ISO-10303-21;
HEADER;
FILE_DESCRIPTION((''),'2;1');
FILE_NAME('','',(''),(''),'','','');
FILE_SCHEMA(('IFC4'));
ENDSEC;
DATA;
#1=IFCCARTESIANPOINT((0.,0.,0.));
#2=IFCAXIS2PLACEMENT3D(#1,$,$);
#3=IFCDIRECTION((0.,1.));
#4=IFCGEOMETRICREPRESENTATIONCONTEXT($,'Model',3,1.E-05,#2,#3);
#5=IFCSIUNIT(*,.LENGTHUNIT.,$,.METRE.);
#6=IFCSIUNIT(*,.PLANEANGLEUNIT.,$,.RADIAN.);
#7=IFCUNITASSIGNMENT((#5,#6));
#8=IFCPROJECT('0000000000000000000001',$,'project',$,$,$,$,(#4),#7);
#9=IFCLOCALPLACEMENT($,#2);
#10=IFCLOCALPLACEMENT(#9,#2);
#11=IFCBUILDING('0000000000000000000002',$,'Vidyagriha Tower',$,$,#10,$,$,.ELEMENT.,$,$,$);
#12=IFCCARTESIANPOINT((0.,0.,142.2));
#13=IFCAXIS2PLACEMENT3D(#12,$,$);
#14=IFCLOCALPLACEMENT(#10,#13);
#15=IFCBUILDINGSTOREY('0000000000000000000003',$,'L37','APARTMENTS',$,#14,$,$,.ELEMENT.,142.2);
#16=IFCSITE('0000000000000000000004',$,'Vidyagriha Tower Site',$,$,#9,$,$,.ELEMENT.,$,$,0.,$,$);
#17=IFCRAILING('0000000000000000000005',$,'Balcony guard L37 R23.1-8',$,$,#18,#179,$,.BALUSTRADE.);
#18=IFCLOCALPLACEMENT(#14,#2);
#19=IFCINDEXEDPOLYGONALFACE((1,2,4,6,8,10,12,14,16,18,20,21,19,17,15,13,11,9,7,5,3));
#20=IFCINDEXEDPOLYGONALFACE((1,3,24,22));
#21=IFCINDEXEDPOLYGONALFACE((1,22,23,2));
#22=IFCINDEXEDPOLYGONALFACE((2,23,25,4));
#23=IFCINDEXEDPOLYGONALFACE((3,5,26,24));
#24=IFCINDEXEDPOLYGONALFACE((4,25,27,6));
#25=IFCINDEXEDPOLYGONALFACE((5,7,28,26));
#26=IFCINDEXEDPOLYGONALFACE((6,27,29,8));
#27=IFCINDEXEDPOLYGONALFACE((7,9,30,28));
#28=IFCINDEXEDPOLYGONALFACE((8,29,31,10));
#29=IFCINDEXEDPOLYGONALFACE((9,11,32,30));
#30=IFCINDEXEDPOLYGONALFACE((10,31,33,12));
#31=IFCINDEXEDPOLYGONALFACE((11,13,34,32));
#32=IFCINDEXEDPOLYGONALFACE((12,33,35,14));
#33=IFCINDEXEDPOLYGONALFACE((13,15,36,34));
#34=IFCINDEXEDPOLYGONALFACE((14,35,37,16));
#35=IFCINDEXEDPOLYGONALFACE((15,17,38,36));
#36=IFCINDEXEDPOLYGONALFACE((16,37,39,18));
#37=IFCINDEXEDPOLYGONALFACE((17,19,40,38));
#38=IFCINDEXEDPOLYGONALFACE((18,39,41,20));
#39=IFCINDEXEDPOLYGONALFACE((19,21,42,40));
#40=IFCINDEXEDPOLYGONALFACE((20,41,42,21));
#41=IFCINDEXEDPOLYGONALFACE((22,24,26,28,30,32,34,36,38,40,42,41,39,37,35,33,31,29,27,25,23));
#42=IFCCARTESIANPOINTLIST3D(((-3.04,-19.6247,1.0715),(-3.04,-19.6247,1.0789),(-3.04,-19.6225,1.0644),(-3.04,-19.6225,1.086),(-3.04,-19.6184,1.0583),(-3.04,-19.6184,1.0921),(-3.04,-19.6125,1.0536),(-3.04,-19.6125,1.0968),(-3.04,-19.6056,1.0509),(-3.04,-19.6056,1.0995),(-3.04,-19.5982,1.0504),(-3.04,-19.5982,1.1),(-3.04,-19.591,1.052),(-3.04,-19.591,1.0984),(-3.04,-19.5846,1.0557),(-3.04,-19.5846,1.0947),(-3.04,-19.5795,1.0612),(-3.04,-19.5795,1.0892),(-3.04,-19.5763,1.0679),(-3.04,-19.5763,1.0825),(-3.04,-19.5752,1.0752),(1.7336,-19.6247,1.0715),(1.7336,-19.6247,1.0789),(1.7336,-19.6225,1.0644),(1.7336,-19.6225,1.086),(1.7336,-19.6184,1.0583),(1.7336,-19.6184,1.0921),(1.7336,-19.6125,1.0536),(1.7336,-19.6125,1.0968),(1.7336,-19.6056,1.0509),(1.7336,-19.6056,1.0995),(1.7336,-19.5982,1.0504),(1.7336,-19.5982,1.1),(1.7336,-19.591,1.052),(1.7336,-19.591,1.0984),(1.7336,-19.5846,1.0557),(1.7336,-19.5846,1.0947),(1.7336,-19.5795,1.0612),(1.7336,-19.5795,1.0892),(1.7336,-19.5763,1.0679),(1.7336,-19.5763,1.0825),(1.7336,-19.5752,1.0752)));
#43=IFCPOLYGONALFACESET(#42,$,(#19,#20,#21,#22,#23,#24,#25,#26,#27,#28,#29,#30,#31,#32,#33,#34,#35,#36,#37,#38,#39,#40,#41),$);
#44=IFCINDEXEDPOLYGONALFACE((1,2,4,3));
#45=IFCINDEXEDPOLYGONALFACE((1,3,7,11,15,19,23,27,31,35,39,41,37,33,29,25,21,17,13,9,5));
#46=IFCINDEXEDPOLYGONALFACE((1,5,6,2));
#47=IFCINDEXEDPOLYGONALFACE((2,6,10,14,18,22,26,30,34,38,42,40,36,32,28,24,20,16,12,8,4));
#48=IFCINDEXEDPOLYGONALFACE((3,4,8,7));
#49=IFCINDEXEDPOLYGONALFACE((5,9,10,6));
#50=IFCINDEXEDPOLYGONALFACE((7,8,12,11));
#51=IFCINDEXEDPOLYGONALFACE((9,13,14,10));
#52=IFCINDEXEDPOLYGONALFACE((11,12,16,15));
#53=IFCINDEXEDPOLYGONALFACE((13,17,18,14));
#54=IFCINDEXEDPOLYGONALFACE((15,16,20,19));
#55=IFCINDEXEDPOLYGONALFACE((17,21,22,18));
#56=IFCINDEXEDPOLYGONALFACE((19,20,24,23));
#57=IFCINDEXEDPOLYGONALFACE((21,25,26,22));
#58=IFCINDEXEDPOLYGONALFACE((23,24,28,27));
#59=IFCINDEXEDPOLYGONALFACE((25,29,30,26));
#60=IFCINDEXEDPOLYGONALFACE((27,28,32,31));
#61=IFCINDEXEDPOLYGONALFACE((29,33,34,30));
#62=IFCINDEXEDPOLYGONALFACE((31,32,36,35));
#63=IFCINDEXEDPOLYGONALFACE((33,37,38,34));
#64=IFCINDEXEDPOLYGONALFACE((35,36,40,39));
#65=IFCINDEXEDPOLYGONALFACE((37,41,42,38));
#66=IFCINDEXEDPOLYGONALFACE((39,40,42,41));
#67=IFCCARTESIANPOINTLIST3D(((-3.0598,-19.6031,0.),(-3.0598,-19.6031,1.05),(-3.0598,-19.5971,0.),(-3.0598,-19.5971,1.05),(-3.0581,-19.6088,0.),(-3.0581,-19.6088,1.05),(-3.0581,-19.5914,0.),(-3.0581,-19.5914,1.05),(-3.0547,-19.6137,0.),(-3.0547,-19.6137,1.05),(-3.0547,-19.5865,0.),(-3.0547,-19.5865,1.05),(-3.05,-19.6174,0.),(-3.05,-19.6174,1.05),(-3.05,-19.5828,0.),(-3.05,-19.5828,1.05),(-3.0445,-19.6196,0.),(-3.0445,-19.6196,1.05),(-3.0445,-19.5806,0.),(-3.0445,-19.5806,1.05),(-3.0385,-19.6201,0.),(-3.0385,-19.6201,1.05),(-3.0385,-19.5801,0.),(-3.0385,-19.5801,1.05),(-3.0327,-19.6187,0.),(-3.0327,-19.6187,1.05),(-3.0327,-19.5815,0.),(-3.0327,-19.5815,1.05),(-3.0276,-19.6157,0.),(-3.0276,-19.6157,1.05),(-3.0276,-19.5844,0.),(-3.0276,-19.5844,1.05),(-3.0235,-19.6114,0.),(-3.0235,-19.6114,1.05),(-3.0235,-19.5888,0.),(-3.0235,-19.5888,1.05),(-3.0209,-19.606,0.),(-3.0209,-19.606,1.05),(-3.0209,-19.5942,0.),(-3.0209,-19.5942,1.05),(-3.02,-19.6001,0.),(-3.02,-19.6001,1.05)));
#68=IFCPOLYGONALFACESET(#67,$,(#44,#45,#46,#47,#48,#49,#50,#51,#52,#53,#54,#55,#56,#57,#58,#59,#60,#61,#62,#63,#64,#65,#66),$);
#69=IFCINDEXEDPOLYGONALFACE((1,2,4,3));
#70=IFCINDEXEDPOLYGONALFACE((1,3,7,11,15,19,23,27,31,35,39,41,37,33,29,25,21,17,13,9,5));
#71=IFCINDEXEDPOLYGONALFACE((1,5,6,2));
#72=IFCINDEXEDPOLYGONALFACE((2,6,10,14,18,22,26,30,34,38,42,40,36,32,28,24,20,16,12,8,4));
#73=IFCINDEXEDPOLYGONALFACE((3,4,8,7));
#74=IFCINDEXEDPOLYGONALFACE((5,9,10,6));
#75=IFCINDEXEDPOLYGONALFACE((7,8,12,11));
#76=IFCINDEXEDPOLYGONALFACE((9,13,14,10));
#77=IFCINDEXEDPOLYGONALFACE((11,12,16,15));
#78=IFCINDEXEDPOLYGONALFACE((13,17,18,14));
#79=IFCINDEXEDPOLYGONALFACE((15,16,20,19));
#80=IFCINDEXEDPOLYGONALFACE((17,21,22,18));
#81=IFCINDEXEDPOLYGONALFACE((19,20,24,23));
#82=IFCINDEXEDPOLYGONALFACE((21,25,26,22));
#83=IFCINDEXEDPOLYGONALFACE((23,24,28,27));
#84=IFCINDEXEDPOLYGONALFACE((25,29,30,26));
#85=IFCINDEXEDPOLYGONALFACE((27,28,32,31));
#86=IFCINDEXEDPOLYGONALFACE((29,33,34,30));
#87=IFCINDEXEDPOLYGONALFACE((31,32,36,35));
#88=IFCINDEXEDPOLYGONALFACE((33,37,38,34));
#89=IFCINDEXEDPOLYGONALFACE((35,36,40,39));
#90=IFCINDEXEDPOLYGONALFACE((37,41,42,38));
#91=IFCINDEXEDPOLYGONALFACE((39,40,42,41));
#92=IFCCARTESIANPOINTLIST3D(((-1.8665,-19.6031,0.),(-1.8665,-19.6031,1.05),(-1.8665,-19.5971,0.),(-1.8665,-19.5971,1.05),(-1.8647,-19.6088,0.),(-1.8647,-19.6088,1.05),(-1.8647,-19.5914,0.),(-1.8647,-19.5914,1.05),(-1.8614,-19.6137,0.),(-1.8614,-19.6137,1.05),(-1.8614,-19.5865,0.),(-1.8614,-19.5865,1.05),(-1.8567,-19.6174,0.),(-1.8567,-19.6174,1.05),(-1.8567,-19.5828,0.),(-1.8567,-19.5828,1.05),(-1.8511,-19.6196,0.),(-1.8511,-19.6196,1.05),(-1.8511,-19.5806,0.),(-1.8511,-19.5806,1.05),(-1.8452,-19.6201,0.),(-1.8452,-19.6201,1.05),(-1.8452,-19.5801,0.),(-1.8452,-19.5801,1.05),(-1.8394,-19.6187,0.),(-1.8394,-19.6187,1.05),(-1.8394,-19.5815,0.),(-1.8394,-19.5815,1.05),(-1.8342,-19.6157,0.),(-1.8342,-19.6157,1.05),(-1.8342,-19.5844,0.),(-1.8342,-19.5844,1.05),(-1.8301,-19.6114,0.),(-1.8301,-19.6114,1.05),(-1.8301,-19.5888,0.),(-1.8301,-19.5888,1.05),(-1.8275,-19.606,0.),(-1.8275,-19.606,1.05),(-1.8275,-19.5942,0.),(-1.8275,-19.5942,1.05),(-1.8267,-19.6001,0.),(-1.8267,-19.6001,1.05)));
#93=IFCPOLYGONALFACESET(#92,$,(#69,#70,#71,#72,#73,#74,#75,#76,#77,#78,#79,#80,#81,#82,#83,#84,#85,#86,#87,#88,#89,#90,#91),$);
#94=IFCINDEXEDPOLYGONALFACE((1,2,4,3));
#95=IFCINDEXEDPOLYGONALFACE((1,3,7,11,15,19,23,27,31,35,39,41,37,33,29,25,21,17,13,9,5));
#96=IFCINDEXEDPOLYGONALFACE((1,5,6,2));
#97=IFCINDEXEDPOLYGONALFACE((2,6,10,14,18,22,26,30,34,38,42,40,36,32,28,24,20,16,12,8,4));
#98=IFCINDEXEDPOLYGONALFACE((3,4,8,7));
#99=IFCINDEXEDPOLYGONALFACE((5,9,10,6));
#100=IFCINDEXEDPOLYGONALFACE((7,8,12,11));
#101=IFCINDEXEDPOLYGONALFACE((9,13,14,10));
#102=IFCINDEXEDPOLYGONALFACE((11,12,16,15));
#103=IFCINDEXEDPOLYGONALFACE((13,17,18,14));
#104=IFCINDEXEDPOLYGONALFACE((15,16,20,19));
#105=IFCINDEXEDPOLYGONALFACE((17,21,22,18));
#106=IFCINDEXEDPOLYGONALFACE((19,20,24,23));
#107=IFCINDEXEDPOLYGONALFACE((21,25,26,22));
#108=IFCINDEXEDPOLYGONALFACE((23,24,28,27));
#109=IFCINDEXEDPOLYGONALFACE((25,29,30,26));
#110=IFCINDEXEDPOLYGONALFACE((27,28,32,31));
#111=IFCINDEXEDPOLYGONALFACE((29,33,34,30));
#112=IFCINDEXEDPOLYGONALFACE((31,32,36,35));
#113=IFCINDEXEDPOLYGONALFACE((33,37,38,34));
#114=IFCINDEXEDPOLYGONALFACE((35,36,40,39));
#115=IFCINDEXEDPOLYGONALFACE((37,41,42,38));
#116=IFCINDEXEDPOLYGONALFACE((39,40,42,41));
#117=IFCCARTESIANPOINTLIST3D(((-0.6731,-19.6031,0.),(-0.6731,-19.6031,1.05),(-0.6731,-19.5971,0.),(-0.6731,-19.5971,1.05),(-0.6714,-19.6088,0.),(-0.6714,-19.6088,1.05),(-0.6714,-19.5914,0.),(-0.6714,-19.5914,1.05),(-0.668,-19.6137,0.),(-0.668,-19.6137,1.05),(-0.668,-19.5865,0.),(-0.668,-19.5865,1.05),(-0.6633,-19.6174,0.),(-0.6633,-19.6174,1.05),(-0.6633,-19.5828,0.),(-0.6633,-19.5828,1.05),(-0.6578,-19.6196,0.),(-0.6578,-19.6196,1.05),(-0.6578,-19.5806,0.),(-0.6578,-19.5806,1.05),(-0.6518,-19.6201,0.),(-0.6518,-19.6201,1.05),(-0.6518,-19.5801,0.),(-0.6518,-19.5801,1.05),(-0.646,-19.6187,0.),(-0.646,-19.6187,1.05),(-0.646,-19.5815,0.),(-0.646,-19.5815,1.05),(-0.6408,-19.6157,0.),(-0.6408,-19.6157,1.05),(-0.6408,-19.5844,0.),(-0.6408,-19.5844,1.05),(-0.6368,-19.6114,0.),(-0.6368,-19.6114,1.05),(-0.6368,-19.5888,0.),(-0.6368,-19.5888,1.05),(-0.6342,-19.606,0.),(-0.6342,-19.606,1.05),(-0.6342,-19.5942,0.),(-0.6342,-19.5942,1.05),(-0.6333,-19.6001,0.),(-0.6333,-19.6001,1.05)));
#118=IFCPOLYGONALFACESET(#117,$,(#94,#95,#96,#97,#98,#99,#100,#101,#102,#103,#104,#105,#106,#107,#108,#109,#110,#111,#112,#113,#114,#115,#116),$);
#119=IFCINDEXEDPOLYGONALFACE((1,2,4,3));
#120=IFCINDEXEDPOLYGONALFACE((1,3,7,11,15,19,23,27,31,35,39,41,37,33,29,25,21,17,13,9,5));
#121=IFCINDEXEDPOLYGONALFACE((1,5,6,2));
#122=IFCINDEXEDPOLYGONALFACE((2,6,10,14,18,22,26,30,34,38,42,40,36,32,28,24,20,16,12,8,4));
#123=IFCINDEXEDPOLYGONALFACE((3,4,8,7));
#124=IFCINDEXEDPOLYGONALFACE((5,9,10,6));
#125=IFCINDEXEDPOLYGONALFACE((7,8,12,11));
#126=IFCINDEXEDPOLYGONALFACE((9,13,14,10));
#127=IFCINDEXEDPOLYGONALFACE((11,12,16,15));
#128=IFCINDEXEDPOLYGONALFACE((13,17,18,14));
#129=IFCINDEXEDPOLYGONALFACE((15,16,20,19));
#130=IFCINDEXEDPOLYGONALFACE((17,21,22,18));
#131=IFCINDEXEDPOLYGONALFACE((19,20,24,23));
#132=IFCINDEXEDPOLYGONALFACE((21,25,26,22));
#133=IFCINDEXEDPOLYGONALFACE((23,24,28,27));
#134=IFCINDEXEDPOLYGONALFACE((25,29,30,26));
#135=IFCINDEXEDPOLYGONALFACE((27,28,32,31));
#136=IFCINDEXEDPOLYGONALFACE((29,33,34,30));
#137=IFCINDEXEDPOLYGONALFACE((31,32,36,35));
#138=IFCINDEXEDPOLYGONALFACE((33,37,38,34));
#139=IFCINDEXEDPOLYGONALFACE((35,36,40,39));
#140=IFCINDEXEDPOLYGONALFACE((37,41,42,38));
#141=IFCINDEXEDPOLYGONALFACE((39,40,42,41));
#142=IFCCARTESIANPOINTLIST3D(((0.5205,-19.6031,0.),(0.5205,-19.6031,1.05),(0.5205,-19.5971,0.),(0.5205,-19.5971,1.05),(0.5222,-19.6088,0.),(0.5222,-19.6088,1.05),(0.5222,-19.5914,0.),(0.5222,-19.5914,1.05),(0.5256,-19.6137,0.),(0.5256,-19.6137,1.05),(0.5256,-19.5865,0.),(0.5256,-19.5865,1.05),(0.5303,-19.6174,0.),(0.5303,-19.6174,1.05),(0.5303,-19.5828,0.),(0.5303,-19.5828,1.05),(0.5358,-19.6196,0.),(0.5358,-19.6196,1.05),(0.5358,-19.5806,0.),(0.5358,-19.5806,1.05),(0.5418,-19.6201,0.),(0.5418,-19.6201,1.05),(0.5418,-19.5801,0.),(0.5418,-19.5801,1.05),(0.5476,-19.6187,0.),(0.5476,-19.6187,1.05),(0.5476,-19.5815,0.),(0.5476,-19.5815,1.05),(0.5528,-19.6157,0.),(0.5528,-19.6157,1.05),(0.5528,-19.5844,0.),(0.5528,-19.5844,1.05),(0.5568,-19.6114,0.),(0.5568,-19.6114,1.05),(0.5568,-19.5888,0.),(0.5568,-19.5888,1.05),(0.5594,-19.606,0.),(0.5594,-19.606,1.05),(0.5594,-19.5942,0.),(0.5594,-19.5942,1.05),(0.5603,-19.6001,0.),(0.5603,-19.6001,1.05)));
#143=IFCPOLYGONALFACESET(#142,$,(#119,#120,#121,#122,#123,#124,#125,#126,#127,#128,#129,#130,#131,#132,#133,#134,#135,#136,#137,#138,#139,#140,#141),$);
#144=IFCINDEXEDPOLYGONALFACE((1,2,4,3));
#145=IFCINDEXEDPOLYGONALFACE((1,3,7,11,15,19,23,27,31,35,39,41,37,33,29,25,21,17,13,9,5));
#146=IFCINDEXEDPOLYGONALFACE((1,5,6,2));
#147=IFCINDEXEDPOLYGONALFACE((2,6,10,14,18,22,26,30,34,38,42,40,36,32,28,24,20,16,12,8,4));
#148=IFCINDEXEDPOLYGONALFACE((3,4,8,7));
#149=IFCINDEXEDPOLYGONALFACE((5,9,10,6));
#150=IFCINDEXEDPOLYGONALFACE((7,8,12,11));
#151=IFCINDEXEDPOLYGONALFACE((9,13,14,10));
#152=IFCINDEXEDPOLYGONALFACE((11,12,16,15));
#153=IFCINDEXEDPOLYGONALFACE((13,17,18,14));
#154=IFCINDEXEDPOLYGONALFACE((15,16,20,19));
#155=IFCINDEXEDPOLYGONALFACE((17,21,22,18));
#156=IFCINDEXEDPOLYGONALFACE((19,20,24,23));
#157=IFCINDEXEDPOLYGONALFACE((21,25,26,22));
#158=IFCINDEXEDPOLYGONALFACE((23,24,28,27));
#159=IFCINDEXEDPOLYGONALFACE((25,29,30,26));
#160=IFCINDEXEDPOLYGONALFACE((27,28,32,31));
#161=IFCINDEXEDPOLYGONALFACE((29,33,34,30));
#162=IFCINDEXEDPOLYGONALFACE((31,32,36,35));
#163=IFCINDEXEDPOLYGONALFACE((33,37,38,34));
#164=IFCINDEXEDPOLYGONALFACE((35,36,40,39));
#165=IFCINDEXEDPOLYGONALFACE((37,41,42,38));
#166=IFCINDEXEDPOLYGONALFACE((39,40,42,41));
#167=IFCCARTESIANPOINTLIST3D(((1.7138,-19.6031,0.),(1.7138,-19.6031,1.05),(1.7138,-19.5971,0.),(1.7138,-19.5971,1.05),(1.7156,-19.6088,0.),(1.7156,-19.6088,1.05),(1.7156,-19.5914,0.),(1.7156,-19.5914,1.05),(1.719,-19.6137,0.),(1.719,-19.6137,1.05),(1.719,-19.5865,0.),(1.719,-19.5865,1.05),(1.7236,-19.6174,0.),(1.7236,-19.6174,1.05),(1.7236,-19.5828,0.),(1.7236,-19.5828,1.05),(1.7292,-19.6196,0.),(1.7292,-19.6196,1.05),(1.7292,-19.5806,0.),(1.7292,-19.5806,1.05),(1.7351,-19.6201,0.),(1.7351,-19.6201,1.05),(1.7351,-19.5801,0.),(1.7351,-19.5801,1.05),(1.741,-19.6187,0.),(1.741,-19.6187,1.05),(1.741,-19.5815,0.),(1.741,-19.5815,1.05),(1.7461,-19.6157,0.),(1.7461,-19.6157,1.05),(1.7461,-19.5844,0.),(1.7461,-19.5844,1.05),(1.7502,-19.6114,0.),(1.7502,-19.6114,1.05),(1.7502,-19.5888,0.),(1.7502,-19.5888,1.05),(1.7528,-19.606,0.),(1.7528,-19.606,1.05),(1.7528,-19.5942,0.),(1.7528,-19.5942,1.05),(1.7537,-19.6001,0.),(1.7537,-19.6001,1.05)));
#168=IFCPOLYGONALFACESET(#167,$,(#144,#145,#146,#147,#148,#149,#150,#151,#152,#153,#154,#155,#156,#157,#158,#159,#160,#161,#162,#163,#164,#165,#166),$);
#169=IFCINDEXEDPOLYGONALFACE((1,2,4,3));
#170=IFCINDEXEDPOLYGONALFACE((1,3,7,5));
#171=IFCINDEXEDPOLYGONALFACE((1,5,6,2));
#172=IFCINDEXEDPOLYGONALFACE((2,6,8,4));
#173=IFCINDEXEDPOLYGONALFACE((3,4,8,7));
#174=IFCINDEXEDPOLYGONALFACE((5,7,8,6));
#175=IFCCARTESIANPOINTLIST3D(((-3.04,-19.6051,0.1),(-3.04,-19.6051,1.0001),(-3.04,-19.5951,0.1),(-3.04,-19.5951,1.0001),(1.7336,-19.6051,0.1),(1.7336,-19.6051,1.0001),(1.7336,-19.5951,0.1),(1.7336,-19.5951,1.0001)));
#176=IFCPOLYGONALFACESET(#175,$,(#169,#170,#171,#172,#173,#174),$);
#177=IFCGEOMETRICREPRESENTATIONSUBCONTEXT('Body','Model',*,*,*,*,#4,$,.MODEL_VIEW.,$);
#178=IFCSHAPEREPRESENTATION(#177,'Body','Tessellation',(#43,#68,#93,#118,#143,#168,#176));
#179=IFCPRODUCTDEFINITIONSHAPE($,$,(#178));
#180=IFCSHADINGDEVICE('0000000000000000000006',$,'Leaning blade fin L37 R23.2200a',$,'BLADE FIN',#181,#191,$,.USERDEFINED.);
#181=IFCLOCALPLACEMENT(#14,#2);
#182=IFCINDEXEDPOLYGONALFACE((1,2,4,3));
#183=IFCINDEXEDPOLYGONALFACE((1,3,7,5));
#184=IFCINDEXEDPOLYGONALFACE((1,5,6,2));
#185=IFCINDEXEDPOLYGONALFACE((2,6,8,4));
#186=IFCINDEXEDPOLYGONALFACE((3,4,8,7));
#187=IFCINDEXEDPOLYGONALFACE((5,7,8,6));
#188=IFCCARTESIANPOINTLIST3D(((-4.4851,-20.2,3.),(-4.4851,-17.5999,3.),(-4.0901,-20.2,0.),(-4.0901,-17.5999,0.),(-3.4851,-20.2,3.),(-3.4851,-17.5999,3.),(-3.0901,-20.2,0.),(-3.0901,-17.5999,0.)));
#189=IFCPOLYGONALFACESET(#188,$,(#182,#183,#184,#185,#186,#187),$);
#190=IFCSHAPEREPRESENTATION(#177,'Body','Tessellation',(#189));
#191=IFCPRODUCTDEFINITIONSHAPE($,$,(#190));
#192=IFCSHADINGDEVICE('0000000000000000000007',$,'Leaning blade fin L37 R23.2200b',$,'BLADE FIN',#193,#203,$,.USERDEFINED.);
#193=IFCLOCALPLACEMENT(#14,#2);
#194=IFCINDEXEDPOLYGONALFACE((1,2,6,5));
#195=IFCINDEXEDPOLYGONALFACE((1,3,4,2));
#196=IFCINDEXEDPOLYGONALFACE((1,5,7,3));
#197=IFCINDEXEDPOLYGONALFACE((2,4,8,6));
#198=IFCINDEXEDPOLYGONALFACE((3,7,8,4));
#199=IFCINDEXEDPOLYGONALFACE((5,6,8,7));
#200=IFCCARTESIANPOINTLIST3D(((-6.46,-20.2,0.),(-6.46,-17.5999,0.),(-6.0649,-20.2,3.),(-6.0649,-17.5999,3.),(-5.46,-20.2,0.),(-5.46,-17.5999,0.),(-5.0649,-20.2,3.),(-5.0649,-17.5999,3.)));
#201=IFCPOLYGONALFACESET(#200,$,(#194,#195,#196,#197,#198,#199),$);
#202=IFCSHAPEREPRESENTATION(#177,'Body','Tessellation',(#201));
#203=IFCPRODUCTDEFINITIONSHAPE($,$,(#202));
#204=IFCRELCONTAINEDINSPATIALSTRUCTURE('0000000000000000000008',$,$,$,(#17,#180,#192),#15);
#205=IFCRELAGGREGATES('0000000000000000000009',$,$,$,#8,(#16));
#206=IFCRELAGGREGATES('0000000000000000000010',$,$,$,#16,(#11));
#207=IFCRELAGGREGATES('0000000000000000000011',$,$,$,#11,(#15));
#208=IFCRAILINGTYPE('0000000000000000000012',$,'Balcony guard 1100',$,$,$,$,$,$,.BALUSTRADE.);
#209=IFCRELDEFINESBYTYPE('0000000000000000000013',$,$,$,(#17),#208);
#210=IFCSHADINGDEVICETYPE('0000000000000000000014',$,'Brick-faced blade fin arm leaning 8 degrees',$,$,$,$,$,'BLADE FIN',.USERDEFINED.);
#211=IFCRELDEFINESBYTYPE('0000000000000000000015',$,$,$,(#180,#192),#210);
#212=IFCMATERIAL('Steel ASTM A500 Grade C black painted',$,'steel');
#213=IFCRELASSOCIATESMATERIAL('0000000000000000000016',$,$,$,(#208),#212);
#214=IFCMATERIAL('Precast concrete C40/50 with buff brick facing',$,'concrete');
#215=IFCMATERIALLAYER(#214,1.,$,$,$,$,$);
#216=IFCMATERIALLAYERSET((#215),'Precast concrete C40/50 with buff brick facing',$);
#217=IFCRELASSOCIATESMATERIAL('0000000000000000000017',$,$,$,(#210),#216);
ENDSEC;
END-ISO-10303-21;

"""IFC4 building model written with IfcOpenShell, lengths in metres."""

from ifc_helpers import new_model, si_unit, direction, frame, origin, origin_2d, place, context, subcontext, project, spatial, polyline, rectangle, circle, outline, extrude, material, layer, layer_set, type_object, element, save


model = new_model("IFC4")

# Units and contexts
model_context = context("Model", 3, precision=1e-05, world=origin(), true_north=direction((0.0, 1.0)))
body_context = subcontext(model_context, "Body", "Model", "MODEL_VIEW")
ifc_project = project(units=[si_unit("LENGTHUNIT", "METRE"), si_unit("PLANEANGLEUNIT", "RADIAN")], contexts=[model_context])

# Site, building, storey
site_placement = place(None, origin())
site = spatial("IfcSite", under=ifc_project, at=site_placement, Name="Vidyagriha Tower Site", CompositionType="ELEMENT", RefElevation=0.0)
building_placement = place(site_placement, origin())
building = spatial("IfcBuilding", under=site, at=building_placement, Name="Vidyagriha Tower", CompositionType="ELEMENT")
storey_placement = place(building_placement, frame((0.0, 0.0, 142.2)))
storey = spatial("IfcBuildingStorey", under=building, at=storey_placement, Name="L37", Description="APARTMENTS", CompositionType="ELEMENT", Elevation=142.2)

# Railing
ifc_material_1 = material(Name="Steel ASTM A500 Grade C black painted", Category="steel")
railing_type = type_object("IfcRailingType", Name="Balcony guard 1100", PredefinedType="BALUSTRADE", material=ifc_material_1)
railing_1_placement = place(storey_placement, frame((-3.04, -19.6001, 0.0)))
element("IfcRailing", 1, at=railing_1_placement, inside=storey, type_object=railing_type, Name="Balcony guard L37 R23.1-8", PredefinedType="BALUSTRADE", context=body_context, shape_type="SweptSolid", body=[
    extrude(circle(Radius=0.0249, at=origin_2d()), frame((0.0, 0.0, 1.0752), z_axis=(1.0, 0.0, 0.0), x_axis=(0.0, 1.0, 0.0)), (0.0, 0.0, 1.0), 4.7737),
    extrude(circle(Radius=0.02, at=origin_2d()), origin(), (0.0, 0.0, 1.0), 1.05),
    extrude(circle(Radius=0.02, at=origin_2d()), frame((1.1934, 0.0, 0.0)), (0.0, 0.0, 1.0), 1.05),
    extrude(circle(Radius=0.02, at=origin_2d()), frame((2.3867, 0.0, 0.0)), (0.0, 0.0, 1.0), 1.05),
    extrude(circle(Radius=0.02, at=origin_2d()), frame((3.5803, 0.0, 0.0)), (0.0, 0.0, 1.0), 1.05),
    extrude(circle(Radius=0.02, at=origin_2d()), frame((4.7737, 0.0, 0.0)), (0.0, 0.0, 1.0), 1.05),
    extrude(rectangle(XDim=0.01, YDim=0.9001, at=origin_2d()), frame((0.0, 0.0, 0.55), z_axis=(1.0, 0.0, 0.0), x_axis=(0.0, 1.0, 0.0)), (0.0, 0.0, 1.0), 4.7737),
])

# Shading devices
ifc_material_2 = material(Name="Precast concrete C40/50 with buff brick facing", Category="concrete")
ifc_layer_1 = layer(ifc_material_2, 1.0)
ifc_layer_set_1 = layer_set([ifc_layer_1], Name="Precast concrete C40/50 with buff brick facing")
shading_device_type = type_object("IfcShadingDeviceType", Name="Brick-faced blade fin arm leaning 8 degrees", ElementType="BLADE FIN", PredefinedType="USERDEFINED", material=ifc_layer_set_1)
shading_device_1_placement = place(storey_placement, frame((-4.4851, -18.8999, 0.0)))
element("IfcShadingDevice", 2, at=shading_device_1_placement, inside=storey, type_object=shading_device_type, Name="Leaning blade fin L37 R23.2200a", ObjectType="BLADE FIN", PredefinedType="USERDEFINED", context=body_context, shape_type="SweptSolid", body=[
    extrude(outline(polyline([(0.395, 0.0), (1.395, 0.0), (1.0, 3.0), (0.0, 3.0), (0.395, 0.0)])), frame((0.0, 1.3, 0.0), z_axis=(0.0, -1.0, 0.0), x_axis=(1.0, 0.0, 0.0)), (0.0, 0.0, 1.0), 2.6001),
])
shading_device_2_placement = place(storey_placement, frame((-6.46, -18.8999, 0.0)))
element("IfcShadingDevice", 3, at=shading_device_2_placement, inside=storey, type_object=shading_device_type, Name="Leaning blade fin L37 R23.2200b", ObjectType="BLADE FIN", PredefinedType="USERDEFINED", context=body_context, shape_type="SweptSolid", body=[
    extrude(outline(polyline([(0.0, 0.0), (1.0, 0.0), (1.395, 3.0), (0.395, 3.0), (0.0, 0.0)])), frame((0.0, 1.3, 0.0), z_axis=(0.0, -1.0, 0.0), x_axis=(1.0, 0.0, 0.0)), (0.0, 0.0, 1.0), 2.6001),
])

save(model, "model.ifc")
